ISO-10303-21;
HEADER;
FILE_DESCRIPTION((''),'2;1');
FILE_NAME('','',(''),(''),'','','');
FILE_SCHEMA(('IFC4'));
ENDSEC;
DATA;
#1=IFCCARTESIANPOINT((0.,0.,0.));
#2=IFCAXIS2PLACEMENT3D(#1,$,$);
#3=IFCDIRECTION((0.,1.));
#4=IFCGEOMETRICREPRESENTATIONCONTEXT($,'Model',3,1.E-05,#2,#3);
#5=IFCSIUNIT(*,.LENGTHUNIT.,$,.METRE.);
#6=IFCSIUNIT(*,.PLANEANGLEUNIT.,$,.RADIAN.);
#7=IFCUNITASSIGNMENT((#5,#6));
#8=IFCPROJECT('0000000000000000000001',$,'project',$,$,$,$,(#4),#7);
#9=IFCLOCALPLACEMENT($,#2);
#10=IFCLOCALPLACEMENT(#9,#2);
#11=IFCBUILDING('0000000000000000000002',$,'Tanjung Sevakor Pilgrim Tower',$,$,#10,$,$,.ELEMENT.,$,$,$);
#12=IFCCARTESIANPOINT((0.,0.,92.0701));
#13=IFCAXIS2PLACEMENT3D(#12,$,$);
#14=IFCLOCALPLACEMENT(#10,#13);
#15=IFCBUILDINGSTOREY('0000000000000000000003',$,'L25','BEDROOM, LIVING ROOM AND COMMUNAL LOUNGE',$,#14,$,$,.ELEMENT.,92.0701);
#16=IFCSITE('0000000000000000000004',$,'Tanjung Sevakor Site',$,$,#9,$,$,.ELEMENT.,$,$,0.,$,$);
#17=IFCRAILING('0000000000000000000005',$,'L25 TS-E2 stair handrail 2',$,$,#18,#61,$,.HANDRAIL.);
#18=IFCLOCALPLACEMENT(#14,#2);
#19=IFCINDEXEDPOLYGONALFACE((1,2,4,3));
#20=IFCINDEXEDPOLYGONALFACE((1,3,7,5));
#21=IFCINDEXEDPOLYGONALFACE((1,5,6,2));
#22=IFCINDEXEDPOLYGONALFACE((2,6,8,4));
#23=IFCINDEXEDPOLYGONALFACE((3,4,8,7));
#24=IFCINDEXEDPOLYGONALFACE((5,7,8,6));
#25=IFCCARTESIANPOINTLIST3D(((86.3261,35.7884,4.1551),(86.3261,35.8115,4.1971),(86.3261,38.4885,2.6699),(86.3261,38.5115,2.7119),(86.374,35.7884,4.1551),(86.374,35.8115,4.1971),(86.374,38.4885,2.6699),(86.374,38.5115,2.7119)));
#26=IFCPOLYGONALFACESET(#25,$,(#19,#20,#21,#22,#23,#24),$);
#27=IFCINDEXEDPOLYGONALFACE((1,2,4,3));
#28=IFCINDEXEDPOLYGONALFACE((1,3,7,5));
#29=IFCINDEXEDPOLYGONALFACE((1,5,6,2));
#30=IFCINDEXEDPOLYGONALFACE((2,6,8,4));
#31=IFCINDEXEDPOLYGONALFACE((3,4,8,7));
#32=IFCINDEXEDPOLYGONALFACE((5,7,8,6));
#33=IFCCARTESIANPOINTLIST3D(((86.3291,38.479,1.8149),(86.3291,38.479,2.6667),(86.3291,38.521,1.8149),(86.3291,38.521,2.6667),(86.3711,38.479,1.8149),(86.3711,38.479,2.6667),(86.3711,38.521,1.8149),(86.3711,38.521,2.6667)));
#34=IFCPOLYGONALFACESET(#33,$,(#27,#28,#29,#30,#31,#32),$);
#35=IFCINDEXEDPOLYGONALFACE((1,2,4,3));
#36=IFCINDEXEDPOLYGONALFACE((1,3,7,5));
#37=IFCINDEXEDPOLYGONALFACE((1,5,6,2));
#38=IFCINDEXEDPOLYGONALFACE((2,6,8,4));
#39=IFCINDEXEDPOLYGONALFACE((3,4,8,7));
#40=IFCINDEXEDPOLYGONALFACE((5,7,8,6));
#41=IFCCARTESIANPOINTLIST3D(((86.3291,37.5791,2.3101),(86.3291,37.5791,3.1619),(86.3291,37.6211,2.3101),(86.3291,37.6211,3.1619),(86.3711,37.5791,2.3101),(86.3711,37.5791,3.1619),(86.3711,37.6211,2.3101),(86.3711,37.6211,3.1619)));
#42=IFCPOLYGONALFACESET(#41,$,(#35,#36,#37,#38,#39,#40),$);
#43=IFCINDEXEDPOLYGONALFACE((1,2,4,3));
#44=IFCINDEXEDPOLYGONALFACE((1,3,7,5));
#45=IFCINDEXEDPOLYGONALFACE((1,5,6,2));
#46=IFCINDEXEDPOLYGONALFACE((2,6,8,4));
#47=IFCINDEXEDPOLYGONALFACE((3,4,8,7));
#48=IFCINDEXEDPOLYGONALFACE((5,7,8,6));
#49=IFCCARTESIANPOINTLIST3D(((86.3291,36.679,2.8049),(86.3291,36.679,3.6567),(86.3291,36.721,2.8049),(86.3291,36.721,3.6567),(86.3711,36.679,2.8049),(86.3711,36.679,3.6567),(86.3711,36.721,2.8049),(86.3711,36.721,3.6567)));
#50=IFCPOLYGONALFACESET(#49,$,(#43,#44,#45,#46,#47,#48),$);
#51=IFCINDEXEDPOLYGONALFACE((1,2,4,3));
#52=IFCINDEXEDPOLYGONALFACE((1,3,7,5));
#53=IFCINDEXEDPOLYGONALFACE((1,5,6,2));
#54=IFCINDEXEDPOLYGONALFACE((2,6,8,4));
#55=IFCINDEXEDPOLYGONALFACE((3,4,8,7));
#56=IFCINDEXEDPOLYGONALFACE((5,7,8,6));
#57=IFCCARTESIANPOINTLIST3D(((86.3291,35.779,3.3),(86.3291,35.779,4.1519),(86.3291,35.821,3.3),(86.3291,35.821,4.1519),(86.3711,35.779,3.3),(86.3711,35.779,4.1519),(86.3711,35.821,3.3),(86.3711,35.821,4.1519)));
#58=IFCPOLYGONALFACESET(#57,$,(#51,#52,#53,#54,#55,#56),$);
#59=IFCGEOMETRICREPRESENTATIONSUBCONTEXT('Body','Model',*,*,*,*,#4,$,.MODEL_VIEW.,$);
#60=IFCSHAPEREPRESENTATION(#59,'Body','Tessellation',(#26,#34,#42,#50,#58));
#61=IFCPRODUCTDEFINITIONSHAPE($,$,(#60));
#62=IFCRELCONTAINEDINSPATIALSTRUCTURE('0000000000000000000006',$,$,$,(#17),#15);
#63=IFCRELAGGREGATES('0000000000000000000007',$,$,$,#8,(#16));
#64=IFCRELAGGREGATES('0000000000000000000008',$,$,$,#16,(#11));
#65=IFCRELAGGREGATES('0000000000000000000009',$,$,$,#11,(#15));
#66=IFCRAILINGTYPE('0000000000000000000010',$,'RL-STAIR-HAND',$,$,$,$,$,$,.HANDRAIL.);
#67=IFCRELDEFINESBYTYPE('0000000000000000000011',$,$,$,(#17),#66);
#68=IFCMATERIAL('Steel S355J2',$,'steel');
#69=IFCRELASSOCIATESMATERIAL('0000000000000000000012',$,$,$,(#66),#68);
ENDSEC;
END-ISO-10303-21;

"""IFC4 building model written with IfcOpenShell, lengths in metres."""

from ifc_helpers import new_model, si_unit, direction, frame, origin, place, context, subcontext, project, spatial, rectangle, extrude, material, type_object, element, save


model = new_model("IFC4")

# Units and contexts
model_context = context("Model", 3, precision=1e-05, world=origin(), true_north=direction((0.0, 1.0)))
body_context = subcontext(model_context, "Body", "Model", "MODEL_VIEW")
ifc_project = project(units=[si_unit("LENGTHUNIT", "METRE"), si_unit("PLANEANGLEUNIT", "RADIAN")], contexts=[model_context])

# Site, building, storey
site_placement = place(None, origin())
site = spatial("IfcSite", under=ifc_project, at=site_placement, Name="Tanjung Sevakor Site", CompositionType="ELEMENT", RefElevation=0.0)
building_placement = place(site_placement, origin())
building = spatial("IfcBuilding", under=site, at=building_placement, Name="Tanjung Sevakor Pilgrim Tower", CompositionType="ELEMENT")
storey_placement = place(building_placement, frame((0.0, 0.0, 92.0701)))
storey = spatial("IfcBuildingStorey", under=building, at=storey_placement, Name="L25", Description="BEDROOM, LIVING ROOM AND COMMUNAL LOUNGE", CompositionType="ELEMENT", Elevation=92.0701)

# Railing
ifc_material_1 = material(Name="Steel S355J2", Category="steel")
railing_type_1 = type_object("IfcRailingType", Name="RL-STAIR-HAND", PredefinedType="HANDRAIL", material=ifc_material_1)
railing_1_placement = place(storey_placement, frame((86.3501, 38.5, 1.8149)))
element("IfcRailing", 1, at=railing_1_placement, inside=storey, type_object=railing_type_1, Name="L25 TS-E2 stair handrail 2", PredefinedType="HANDRAIL", context=body_context, shape_type="SweptSolid", body=[
    extrude(rectangle(XDim=0.0479, YDim=0.0479), frame((0.0, 0.0, 0.876), z_axis=(0.0, -0.876198, 0.481952), x_axis=(1.0, 0.0, 0.0)), (0.0, 0.0, 1.0), 3.0815),
    extrude(rectangle(XDim=0.042, YDim=0.042), origin(), (0.0, 0.0, 1.0), 0.8518),
    extrude(rectangle(XDim=0.042, YDim=0.042), frame((0.0, -0.8999, 0.4951)), (0.0, 0.0, 1.0), 0.8518),
    extrude(rectangle(XDim=0.042, YDim=0.042), frame((0.0, -1.8, 0.99)), (0.0, 0.0, 1.0), 0.8518),
    extrude(rectangle(XDim=0.042, YDim=0.042), frame((0.0, -2.7, 1.4851)), (0.0, 0.0, 1.0), 0.8518),
])

save(model, "model.ifc")
